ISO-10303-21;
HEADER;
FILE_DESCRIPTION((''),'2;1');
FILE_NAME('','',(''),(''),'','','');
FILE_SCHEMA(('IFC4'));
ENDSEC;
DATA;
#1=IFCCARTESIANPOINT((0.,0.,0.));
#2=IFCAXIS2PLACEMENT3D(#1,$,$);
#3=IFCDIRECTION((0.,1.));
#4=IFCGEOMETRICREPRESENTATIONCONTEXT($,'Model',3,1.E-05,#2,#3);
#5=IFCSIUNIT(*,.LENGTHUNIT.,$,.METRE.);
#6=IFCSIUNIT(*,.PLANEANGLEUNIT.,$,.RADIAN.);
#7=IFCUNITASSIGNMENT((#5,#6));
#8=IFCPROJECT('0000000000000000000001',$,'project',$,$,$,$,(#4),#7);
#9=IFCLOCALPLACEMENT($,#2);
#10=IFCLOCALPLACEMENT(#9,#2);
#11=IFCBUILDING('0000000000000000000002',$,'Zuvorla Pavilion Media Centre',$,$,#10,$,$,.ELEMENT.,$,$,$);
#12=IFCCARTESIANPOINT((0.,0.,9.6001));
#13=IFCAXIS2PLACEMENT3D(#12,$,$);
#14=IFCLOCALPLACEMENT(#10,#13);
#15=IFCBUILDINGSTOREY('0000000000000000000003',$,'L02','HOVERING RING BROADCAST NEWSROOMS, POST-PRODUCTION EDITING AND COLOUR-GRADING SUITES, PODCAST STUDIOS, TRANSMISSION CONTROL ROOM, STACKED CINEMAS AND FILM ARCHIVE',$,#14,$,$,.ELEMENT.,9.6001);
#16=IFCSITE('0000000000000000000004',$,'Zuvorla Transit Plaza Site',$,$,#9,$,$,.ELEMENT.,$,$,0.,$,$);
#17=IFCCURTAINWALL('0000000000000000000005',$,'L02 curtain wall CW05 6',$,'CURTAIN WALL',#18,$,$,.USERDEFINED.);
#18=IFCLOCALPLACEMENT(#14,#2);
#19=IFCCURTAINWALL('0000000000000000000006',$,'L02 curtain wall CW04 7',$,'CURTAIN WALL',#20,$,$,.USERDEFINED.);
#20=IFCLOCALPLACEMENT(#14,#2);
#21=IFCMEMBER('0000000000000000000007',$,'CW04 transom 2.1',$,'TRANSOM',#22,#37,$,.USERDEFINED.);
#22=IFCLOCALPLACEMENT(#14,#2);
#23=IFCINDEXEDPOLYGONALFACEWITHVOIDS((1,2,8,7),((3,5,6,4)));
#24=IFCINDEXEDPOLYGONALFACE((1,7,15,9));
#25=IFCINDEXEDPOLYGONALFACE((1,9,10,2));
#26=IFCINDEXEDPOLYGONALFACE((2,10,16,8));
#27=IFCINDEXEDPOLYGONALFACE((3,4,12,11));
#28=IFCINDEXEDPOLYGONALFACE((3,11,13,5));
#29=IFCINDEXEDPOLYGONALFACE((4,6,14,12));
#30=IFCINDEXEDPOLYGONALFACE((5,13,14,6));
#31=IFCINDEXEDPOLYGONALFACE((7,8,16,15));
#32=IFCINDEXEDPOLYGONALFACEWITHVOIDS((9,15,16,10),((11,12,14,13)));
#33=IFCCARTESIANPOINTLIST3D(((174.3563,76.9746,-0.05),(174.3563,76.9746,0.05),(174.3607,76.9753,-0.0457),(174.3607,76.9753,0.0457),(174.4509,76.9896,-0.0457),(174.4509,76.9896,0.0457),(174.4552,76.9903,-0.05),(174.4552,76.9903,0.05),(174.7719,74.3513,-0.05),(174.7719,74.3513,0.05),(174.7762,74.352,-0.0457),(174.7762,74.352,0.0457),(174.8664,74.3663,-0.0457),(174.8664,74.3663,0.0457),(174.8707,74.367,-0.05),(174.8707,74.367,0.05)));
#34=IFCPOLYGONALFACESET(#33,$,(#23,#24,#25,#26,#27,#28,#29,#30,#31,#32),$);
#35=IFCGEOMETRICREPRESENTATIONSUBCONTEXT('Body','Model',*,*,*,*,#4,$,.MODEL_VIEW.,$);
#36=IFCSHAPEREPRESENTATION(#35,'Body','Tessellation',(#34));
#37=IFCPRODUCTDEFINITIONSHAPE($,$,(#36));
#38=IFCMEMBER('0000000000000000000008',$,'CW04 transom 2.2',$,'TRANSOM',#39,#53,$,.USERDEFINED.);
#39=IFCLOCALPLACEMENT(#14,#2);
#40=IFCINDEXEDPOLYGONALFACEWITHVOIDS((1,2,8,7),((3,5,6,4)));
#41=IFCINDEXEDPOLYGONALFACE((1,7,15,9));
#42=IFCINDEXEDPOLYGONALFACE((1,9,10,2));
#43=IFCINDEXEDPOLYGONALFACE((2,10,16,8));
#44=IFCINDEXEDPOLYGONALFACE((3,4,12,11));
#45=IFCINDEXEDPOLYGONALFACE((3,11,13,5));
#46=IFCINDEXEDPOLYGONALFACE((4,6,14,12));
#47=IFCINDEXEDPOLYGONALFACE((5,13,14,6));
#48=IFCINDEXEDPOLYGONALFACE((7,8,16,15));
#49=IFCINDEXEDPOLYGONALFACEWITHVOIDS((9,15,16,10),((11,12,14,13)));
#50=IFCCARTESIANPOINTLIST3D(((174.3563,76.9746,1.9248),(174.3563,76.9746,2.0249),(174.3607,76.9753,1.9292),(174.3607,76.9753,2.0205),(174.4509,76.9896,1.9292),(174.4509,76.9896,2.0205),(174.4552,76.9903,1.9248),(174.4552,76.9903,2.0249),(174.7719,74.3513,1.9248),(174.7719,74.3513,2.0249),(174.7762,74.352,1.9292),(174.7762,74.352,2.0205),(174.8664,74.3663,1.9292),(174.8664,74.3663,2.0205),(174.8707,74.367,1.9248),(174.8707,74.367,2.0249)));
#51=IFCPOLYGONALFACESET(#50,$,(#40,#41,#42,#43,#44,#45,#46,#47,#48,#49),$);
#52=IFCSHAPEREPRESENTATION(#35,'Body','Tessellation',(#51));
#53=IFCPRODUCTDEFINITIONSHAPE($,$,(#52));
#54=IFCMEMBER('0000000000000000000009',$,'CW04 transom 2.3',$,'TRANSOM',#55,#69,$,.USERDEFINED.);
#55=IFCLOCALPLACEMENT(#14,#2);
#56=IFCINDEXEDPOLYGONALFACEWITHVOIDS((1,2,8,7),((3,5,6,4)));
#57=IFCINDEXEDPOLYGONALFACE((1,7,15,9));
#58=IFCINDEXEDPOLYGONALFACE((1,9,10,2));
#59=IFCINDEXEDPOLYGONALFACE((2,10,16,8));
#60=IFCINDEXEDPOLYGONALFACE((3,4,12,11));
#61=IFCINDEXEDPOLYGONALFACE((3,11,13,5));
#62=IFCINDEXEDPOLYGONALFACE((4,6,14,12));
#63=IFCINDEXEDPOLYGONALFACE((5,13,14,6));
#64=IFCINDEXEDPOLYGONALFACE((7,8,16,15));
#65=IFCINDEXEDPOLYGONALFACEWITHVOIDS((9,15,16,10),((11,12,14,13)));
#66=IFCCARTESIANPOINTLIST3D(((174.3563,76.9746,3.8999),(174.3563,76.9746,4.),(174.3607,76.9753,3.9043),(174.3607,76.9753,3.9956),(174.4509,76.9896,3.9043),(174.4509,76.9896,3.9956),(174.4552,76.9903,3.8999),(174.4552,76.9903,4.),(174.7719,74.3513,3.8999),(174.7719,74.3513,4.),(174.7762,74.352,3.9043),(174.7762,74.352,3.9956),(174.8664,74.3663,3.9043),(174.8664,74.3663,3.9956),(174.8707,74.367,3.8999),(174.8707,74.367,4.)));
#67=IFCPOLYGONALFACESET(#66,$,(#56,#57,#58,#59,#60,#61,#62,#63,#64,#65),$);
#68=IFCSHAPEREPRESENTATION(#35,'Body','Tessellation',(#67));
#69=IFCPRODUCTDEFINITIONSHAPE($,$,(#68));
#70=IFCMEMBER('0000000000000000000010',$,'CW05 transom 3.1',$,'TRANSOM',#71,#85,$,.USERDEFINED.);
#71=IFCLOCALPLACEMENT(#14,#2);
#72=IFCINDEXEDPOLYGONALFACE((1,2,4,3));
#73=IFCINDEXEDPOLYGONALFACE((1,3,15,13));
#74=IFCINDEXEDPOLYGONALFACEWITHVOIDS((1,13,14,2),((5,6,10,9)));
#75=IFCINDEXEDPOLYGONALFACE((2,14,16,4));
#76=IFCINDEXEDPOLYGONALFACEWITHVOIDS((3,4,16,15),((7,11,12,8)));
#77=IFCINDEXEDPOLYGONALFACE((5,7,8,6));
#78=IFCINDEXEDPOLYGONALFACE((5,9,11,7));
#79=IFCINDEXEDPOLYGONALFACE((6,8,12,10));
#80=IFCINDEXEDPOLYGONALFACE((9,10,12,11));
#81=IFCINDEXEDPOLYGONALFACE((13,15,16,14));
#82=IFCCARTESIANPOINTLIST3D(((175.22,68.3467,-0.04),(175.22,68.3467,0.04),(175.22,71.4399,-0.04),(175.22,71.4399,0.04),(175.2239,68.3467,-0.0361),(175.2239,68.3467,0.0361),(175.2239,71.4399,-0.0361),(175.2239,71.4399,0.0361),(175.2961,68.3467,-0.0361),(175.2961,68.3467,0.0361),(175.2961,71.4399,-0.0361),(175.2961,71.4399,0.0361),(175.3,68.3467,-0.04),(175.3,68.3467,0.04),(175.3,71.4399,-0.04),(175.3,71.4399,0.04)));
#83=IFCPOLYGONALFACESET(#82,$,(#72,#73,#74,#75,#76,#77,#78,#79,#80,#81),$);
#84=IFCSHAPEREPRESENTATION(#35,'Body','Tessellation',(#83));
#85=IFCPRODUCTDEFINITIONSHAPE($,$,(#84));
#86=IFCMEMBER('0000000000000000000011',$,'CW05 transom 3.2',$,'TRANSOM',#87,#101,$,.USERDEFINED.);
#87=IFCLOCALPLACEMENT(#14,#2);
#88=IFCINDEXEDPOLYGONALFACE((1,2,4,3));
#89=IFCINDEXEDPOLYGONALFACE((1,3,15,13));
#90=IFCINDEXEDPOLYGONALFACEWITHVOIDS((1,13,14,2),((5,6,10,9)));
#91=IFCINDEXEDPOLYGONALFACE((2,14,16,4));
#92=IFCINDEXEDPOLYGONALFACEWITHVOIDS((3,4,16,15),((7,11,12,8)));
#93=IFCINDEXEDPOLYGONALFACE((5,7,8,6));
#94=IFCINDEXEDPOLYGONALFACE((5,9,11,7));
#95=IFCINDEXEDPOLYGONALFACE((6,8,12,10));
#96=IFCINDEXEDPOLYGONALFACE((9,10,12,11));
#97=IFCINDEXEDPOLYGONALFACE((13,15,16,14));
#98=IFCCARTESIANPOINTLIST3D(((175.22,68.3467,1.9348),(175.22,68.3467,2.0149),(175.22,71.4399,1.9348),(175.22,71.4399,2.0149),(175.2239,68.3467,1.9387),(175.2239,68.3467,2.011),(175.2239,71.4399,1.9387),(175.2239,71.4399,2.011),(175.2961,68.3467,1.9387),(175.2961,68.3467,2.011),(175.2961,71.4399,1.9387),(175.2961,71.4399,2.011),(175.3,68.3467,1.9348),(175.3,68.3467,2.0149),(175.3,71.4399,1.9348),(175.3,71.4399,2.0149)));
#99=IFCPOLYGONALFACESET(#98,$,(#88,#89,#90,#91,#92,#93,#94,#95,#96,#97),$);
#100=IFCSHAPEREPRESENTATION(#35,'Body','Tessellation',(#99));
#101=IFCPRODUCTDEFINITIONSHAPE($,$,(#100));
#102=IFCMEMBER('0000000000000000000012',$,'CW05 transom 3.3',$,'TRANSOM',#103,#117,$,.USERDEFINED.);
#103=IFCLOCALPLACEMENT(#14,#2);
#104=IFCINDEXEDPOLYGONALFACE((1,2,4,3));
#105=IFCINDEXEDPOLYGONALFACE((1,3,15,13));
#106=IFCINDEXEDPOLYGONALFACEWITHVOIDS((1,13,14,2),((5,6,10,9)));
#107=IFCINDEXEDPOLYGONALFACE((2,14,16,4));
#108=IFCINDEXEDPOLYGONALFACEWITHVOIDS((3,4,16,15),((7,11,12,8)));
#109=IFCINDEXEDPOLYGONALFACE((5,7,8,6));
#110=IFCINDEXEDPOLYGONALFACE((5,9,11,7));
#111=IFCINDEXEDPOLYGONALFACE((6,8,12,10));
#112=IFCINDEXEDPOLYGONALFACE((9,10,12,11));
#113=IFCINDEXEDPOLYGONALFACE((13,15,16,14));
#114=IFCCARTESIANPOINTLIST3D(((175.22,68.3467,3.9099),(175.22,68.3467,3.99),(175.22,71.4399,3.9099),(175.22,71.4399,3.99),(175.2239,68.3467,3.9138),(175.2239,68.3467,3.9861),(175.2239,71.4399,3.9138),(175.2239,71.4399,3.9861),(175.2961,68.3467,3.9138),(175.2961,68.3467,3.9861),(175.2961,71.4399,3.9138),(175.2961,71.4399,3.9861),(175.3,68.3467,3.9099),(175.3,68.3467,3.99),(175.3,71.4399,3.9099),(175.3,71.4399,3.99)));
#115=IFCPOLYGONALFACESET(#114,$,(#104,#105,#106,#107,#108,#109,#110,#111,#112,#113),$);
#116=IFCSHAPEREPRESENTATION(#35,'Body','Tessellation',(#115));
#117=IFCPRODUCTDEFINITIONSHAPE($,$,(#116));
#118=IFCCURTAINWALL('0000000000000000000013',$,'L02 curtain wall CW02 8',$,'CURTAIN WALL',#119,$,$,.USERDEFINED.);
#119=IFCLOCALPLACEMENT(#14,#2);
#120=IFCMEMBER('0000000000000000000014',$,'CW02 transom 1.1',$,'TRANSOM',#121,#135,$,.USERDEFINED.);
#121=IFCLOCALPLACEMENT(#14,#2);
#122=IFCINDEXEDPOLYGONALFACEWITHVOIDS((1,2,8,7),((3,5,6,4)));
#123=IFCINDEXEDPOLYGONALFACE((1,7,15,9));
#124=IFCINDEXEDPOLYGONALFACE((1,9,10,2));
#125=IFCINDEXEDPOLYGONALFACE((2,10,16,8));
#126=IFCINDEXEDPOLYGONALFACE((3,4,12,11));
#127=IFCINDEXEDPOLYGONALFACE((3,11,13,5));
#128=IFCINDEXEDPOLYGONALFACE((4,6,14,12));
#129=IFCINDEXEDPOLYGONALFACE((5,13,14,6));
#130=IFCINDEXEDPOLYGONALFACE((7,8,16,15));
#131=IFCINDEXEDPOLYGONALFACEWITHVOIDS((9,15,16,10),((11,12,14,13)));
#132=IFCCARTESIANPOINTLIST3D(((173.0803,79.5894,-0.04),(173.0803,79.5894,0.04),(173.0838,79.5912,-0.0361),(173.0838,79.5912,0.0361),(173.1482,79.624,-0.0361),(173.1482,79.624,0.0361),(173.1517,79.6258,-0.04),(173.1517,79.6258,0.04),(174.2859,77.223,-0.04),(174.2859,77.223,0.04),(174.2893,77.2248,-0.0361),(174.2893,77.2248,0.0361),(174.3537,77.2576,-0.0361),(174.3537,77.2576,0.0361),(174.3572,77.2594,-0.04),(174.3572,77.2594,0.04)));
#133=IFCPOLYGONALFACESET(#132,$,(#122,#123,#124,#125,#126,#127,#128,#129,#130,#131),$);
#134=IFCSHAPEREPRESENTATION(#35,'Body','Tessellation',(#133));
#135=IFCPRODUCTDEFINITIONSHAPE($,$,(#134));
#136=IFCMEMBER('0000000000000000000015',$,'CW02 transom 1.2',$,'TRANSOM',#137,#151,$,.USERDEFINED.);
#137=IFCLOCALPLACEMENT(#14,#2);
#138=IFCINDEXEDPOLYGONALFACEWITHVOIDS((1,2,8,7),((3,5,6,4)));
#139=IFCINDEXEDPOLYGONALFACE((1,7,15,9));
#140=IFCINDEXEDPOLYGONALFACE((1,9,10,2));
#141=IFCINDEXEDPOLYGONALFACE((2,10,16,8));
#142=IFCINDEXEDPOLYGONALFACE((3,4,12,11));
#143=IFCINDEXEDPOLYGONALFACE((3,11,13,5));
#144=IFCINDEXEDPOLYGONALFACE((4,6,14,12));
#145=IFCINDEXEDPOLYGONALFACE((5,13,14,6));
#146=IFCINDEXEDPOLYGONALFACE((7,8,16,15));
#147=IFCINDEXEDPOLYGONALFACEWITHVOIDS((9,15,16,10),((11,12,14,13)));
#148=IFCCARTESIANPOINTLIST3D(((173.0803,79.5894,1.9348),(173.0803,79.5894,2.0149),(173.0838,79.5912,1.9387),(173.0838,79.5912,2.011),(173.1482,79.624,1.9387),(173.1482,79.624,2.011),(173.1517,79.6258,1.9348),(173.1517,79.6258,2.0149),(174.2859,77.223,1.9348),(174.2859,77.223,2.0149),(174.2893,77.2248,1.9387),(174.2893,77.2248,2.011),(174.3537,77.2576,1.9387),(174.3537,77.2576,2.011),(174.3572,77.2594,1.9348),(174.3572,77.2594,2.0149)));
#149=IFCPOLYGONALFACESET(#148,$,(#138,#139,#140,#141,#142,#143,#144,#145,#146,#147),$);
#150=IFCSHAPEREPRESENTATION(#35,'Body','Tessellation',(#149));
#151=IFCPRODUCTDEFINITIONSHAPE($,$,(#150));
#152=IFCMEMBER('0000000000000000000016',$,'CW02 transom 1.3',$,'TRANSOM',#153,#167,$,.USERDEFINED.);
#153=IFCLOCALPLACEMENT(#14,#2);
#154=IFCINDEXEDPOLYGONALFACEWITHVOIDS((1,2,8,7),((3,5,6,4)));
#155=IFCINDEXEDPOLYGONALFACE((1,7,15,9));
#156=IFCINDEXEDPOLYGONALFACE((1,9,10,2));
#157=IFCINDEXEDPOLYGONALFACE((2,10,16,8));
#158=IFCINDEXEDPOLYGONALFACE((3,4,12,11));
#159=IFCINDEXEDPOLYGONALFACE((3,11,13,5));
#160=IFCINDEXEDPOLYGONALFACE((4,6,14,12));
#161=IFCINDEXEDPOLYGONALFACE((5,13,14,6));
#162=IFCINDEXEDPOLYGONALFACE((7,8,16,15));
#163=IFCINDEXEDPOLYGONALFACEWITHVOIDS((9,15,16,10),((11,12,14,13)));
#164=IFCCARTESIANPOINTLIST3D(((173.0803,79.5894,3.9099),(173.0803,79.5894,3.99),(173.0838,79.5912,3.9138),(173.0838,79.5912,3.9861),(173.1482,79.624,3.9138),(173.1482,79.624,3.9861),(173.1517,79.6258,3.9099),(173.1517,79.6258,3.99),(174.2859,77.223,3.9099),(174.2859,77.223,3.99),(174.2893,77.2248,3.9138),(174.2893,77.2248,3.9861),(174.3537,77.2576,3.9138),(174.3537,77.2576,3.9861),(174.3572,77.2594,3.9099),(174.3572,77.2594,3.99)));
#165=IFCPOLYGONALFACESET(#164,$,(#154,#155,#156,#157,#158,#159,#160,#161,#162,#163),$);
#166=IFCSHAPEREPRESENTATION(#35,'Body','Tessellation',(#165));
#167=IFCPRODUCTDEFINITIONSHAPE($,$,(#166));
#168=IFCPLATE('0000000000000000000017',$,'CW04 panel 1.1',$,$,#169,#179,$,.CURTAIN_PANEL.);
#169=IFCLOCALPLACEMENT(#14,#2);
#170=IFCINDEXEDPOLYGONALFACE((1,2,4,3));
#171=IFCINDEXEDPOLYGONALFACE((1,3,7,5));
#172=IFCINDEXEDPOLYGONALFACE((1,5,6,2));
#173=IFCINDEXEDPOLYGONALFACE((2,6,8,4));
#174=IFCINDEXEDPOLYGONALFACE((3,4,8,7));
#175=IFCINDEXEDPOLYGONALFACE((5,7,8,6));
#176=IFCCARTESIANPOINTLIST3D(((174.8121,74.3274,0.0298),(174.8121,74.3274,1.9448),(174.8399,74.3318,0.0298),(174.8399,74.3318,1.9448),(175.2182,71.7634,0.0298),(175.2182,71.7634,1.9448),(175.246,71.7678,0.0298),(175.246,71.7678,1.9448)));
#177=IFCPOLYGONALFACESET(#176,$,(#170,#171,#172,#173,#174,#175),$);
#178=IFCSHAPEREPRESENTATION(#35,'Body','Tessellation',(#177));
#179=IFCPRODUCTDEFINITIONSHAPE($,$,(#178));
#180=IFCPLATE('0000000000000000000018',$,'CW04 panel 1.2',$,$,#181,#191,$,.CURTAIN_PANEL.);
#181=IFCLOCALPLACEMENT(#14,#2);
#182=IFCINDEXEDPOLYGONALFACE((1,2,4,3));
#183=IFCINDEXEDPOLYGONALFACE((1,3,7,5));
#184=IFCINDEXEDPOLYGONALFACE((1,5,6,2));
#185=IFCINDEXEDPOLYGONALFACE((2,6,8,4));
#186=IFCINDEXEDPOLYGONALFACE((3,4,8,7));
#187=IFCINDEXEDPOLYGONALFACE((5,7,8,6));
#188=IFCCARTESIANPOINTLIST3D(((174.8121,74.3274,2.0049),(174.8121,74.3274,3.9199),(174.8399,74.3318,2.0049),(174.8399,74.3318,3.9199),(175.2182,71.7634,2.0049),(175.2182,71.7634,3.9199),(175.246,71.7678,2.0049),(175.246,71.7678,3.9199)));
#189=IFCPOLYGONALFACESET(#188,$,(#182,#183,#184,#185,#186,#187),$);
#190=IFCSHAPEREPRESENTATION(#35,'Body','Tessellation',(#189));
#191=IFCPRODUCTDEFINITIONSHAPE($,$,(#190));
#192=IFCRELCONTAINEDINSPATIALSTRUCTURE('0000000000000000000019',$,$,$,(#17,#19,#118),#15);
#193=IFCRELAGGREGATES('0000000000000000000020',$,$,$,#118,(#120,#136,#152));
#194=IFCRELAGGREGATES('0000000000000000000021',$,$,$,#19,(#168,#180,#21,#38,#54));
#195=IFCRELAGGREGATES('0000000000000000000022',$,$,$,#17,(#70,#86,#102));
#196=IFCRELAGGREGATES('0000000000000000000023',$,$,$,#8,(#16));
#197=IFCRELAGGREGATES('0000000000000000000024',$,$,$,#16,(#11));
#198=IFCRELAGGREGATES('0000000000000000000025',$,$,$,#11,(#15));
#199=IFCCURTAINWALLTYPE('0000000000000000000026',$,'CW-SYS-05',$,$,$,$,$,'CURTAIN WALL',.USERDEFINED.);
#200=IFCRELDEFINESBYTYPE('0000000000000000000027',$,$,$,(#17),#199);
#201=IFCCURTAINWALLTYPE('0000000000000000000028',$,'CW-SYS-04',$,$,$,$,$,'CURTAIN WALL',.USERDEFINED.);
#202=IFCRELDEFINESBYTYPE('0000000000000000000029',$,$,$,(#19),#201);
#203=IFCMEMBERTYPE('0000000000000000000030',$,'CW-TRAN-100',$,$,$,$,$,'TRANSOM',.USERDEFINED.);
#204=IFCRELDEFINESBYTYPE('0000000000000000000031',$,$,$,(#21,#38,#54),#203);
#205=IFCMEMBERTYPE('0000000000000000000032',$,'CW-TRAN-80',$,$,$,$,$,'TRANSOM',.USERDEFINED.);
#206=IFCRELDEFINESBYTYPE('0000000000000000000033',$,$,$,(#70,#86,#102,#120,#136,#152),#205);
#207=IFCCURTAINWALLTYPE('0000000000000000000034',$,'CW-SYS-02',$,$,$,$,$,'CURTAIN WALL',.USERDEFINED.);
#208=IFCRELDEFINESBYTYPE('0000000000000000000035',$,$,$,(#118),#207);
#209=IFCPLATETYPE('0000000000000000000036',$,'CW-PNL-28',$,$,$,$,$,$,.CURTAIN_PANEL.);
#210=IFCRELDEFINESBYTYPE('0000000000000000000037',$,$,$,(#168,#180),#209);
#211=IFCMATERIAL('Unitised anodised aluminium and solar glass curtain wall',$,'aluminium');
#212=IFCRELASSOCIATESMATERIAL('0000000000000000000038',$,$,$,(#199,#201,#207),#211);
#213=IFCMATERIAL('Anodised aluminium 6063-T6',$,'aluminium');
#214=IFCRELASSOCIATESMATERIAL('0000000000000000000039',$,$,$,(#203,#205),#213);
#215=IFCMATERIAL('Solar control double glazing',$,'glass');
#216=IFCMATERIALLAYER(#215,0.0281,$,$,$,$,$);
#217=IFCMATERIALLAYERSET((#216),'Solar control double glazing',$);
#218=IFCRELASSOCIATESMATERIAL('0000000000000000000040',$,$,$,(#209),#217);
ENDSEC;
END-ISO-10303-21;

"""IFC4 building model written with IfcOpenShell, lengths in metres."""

from ifc_helpers import new_model, si_unit, direction, frame, origin, origin_2d, place, context, subcontext, project, spatial, rectangle, hollow_rectangle, extrude, material, layer, layer_set, material_profile, profile_set, type_object, element, aggregate, save


model = new_model("IFC4")

# Units and contexts
model_context = context("Model", 3, precision=1e-05, world=origin(), true_north=direction((0.0, 1.0)))
body_context = subcontext(model_context, "Body", "Model", "MODEL_VIEW")
ifc_project = project(units=[si_unit("LENGTHUNIT", "METRE"), si_unit("PLANEANGLEUNIT", "RADIAN")], contexts=[model_context])

# Site, building, storey
site_placement = place(None, origin())
site = spatial("IfcSite", under=ifc_project, at=site_placement, Name="Zuvorla Transit Plaza Site", CompositionType="ELEMENT", RefElevation=0.0)
building_placement = place(site_placement, origin())
building = spatial("IfcBuilding", under=site, at=building_placement, Name="Zuvorla Pavilion Media Centre", CompositionType="ELEMENT")
storey_placement = place(building_placement, frame((0.0, 0.0, 9.6001)))
storey = spatial("IfcBuildingStorey", under=building, at=storey_placement, Name="L02", Description="HOVERING RING BROADCAST NEWSROOMS, POST-PRODUCTION EDITING AND COLOUR-GRADING SUITES, PODCAST STUDIOS, TRANSMISSION CONTROL ROOM, STACKED CINEMAS AND FILM ARCHIVE", CompositionType="ELEMENT", Elevation=9.6001)

# Curtain walls, members
ifc_material_1 = material(Name="Unitised anodised aluminium and solar glass curtain wall", Category="aluminium")
curtain_wall_type_1 = type_object("IfcCurtainWallType", Name="CW-SYS-05", ElementType="CURTAIN WALL", PredefinedType="USERDEFINED", material=ifc_material_1)
curtain_wall_1_placement = place(storey_placement, origin())
curtain_wall_1 = element("IfcCurtainWall", 1, at=curtain_wall_1_placement, inside=storey, type_object=curtain_wall_type_1, Name="L02 curtain wall CW05 6", ObjectType="CURTAIN WALL", PredefinedType="USERDEFINED")
ifc_material_2 = material(Name="Anodised aluminium 6063-T6", Category="aluminium")
curtain_wall_type_2 = type_object("IfcCurtainWallType", Name="CW-SYS-04", ElementType="CURTAIN WALL", PredefinedType="USERDEFINED", material=ifc_material_1)
curtain_wall_2_placement = place(storey_placement, origin())
curtain_wall_2 = element("IfcCurtainWall", 2, at=curtain_wall_2_placement, inside=storey, type_object=curtain_wall_type_2, Name="L02 curtain wall CW04 7", ObjectType="CURTAIN WALL", PredefinedType="USERDEFINED")
ifc_material_profile_1 = material_profile(ifc_material_2, hollow_rectangle(XDim=0.1001, YDim=0.1001, WallThickness=0.0044, at=origin_2d()), Name="ALU TRAN 100x100")
ifc_profile_set_1 = profile_set([ifc_material_profile_1], Name="Anodised aluminium 6063-T6")
member_type_1 = type_object("IfcMemberType", Name="CW-TRAN-100", ElementType="TRANSOM", PredefinedType="USERDEFINED", material=ifc_profile_set_1)
member_1_placement = place(storey_placement, frame((174.8213, 74.3591, 0.0), z_axis=(-0.156449, 0.987686, 0.0), x_axis=(-0.987686, -0.156449, 0.0)))
member_1 = element("IfcMember", 3, at=member_1_placement, type_object=member_type_1, Name="CW04 transom 2.1", ObjectType="TRANSOM", PredefinedType="USERDEFINED", context=body_context, shape_type="SweptSolid", body=[
    extrude(hollow_rectangle(XDim=0.1001, YDim=0.1001, WallThickness=0.0044, at=origin_2d()), origin(), (0.0, 0.0, 1.0), 2.656),
])
member_2_placement = place(storey_placement, frame((174.8213, 74.3591, 1.9749), z_axis=(-0.156449, 0.987686, 0.0), x_axis=(-0.987686, -0.156449, 0.0)))
member_2 = element("IfcMember", 4, at=member_2_placement, type_object=member_type_1, Name="CW04 transom 2.2", ObjectType="TRANSOM", PredefinedType="USERDEFINED", context=body_context, shape_type="SweptSolid", body=[
    extrude(hollow_rectangle(XDim=0.1001, YDim=0.1001, WallThickness=0.0044, at=origin_2d()), origin(), (0.0, 0.0, 1.0), 2.656),
])
member_3_placement = place(storey_placement, frame((174.8213, 74.3591, 3.95), z_axis=(-0.156449, 0.987686, 0.0), x_axis=(-0.987686, -0.156449, 0.0)))
member_3 = element("IfcMember", 5, at=member_3_placement, type_object=member_type_1, Name="CW04 transom 2.3", ObjectType="TRANSOM", PredefinedType="USERDEFINED", context=body_context, shape_type="SweptSolid", body=[
    extrude(hollow_rectangle(XDim=0.1001, YDim=0.1001, WallThickness=0.0044, at=origin_2d()), origin(), (0.0, 0.0, 1.0), 2.656),
])

# Members
ifc_material_profile_2 = material_profile(ifc_material_2, hollow_rectangle(XDim=0.0801, YDim=0.0801, WallThickness=0.0039, at=origin_2d()), Name="ALU TRAN 80x80")
ifc_profile_set_2 = profile_set([ifc_material_profile_2], Name="Anodised aluminium 6063-T6")
member_type_2 = type_object("IfcMemberType", Name="CW-TRAN-80", ElementType="TRANSOM", PredefinedType="USERDEFINED", material=ifc_profile_set_2)
member_4_placement = place(storey_placement, frame((175.26, 68.3467, 0.0), z_axis=(0.0, 1.0, 0.0), x_axis=(-1.0, 0.0, 0.0)))
member_4 = element("IfcMember", 6, at=member_4_placement, type_object=member_type_2, Name="CW05 transom 3.1", ObjectType="TRANSOM", PredefinedType="USERDEFINED", context=body_context, shape_type="SweptSolid", body=[
    extrude(hollow_rectangle(XDim=0.0801, YDim=0.0801, WallThickness=0.0039, at=origin_2d()), origin(), (0.0, 0.0, 1.0), 3.0933),
])
member_5_placement = place(storey_placement, frame((175.26, 68.3467, 1.9749), z_axis=(0.0, 1.0, 0.0), x_axis=(-1.0, 0.0, 0.0)))
member_5 = element("IfcMember", 7, at=member_5_placement, type_object=member_type_2, Name="CW05 transom 3.2", ObjectType="TRANSOM", PredefinedType="USERDEFINED", context=body_context, shape_type="SweptSolid", body=[
    extrude(hollow_rectangle(XDim=0.0801, YDim=0.0801, WallThickness=0.0039, at=origin_2d()), origin(), (0.0, 0.0, 1.0), 3.0933),
])
member_6_placement = place(storey_placement, frame((175.26, 68.3467, 3.95), z_axis=(0.0, 1.0, 0.0), x_axis=(-1.0, 0.0, 0.0)))
member_6 = element("IfcMember", 8, at=member_6_placement, type_object=member_type_2, Name="CW05 transom 3.3", ObjectType="TRANSOM", PredefinedType="USERDEFINED", context=body_context, shape_type="SweptSolid", body=[
    extrude(hollow_rectangle(XDim=0.0801, YDim=0.0801, WallThickness=0.0039, at=origin_2d()), origin(), (0.0, 0.0, 1.0), 3.0933),
])

# Curtain wall, members
curtain_wall_type_3 = type_object("IfcCurtainWallType", Name="CW-SYS-02", ElementType="CURTAIN WALL", PredefinedType="USERDEFINED", material=ifc_material_1)
curtain_wall_3_placement = place(storey_placement, origin())
curtain_wall_3 = element("IfcCurtainWall", 9, at=curtain_wall_3_placement, inside=storey, type_object=curtain_wall_type_3, Name="L02 curtain wall CW02 8", ObjectType="CURTAIN WALL", PredefinedType="USERDEFINED")
member_7_placement = place(storey_placement, frame((174.3215, 77.2412, 0.0), z_axis=(-0.45393, 0.891037, 0.0), x_axis=(-0.891037, -0.45393, 0.0)))
member_7 = element("IfcMember", 10, at=member_7_placement, type_object=member_type_2, Name="CW02 transom 1.1", ObjectType="TRANSOM", PredefinedType="USERDEFINED", context=body_context, shape_type="SweptSolid", body=[
    extrude(hollow_rectangle(XDim=0.0801, YDim=0.0801, WallThickness=0.0039, at=origin_2d()), origin(), (0.0, 0.0, 1.0), 2.6558),
])
member_8_placement = place(storey_placement, frame((174.3215, 77.2412, 1.9749), z_axis=(-0.45393, 0.891037, 0.0), x_axis=(-0.891037, -0.45393, 0.0)))
member_8 = element("IfcMember", 11, at=member_8_placement, type_object=member_type_2, Name="CW02 transom 1.2", ObjectType="TRANSOM", PredefinedType="USERDEFINED", context=body_context, shape_type="SweptSolid", body=[
    extrude(hollow_rectangle(XDim=0.0801, YDim=0.0801, WallThickness=0.0039, at=origin_2d()), origin(), (0.0, 0.0, 1.0), 2.6558),
])
member_9_placement = place(storey_placement, frame((174.3215, 77.2412, 3.95), z_axis=(-0.45393, 0.891037, 0.0), x_axis=(-0.891037, -0.45393, 0.0)))
member_9 = element("IfcMember", 12, at=member_9_placement, type_object=member_type_2, Name="CW02 transom 1.3", ObjectType="TRANSOM", PredefinedType="USERDEFINED", context=body_context, shape_type="SweptSolid", body=[
    extrude(hollow_rectangle(XDim=0.0801, YDim=0.0801, WallThickness=0.0039, at=origin_2d()), origin(), (0.0, 0.0, 1.0), 2.6558),
])
aggregate(curtain_wall_3, [member_7, member_8, member_9])

# Plates
ifc_material_3 = material(Name="Solar control double glazing", Category="glass")
ifc_layer_1 = layer(ifc_material_3, 0.0281)
ifc_layer_set_1 = layer_set([ifc_layer_1], Name="Solar control double glazing")
plate_type_1 = type_object("IfcPlateType", Name="CW-PNL-28", PredefinedType="CURTAIN_PANEL", material=ifc_layer_set_1)
plate_1_placement = place(storey_placement, frame((175.0291, 73.0476, 0.0298), z_axis=(0.0, 0.0, 1.0), x_axis=(-0.156429, 0.987689, 0.0)))
plate_1 = element("IfcPlate", 13, at=plate_1_placement, type_object=plate_type_1, Name="CW04 panel 1.1", PredefinedType="CURTAIN_PANEL", context=body_context, shape_type="SweptSolid", body=[
    extrude(rectangle(XDim=2.5959, YDim=0.0281, at=origin_2d()), origin(), (0.0, 0.0, 1.0), 1.915),
])
plate_2_placement = place(storey_placement, frame((175.0291, 73.0476, 2.0049), z_axis=(0.0, 0.0, 1.0), x_axis=(-0.156429, 0.987689, 0.0)))
plate_2 = element("IfcPlate", 14, at=plate_2_placement, type_object=plate_type_1, Name="CW04 panel 1.2", PredefinedType="CURTAIN_PANEL", context=body_context, shape_type="SweptSolid", body=[
    extrude(rectangle(XDim=2.5959, YDim=0.0281, at=origin_2d()), origin(), (0.0, 0.0, 1.0), 1.915),
])
aggregate(curtain_wall_2, [plate_1, plate_2, member_1, member_2, member_3])
aggregate(curtain_wall_1, [member_4, member_5, member_6])

save(model, "model.ifc")
